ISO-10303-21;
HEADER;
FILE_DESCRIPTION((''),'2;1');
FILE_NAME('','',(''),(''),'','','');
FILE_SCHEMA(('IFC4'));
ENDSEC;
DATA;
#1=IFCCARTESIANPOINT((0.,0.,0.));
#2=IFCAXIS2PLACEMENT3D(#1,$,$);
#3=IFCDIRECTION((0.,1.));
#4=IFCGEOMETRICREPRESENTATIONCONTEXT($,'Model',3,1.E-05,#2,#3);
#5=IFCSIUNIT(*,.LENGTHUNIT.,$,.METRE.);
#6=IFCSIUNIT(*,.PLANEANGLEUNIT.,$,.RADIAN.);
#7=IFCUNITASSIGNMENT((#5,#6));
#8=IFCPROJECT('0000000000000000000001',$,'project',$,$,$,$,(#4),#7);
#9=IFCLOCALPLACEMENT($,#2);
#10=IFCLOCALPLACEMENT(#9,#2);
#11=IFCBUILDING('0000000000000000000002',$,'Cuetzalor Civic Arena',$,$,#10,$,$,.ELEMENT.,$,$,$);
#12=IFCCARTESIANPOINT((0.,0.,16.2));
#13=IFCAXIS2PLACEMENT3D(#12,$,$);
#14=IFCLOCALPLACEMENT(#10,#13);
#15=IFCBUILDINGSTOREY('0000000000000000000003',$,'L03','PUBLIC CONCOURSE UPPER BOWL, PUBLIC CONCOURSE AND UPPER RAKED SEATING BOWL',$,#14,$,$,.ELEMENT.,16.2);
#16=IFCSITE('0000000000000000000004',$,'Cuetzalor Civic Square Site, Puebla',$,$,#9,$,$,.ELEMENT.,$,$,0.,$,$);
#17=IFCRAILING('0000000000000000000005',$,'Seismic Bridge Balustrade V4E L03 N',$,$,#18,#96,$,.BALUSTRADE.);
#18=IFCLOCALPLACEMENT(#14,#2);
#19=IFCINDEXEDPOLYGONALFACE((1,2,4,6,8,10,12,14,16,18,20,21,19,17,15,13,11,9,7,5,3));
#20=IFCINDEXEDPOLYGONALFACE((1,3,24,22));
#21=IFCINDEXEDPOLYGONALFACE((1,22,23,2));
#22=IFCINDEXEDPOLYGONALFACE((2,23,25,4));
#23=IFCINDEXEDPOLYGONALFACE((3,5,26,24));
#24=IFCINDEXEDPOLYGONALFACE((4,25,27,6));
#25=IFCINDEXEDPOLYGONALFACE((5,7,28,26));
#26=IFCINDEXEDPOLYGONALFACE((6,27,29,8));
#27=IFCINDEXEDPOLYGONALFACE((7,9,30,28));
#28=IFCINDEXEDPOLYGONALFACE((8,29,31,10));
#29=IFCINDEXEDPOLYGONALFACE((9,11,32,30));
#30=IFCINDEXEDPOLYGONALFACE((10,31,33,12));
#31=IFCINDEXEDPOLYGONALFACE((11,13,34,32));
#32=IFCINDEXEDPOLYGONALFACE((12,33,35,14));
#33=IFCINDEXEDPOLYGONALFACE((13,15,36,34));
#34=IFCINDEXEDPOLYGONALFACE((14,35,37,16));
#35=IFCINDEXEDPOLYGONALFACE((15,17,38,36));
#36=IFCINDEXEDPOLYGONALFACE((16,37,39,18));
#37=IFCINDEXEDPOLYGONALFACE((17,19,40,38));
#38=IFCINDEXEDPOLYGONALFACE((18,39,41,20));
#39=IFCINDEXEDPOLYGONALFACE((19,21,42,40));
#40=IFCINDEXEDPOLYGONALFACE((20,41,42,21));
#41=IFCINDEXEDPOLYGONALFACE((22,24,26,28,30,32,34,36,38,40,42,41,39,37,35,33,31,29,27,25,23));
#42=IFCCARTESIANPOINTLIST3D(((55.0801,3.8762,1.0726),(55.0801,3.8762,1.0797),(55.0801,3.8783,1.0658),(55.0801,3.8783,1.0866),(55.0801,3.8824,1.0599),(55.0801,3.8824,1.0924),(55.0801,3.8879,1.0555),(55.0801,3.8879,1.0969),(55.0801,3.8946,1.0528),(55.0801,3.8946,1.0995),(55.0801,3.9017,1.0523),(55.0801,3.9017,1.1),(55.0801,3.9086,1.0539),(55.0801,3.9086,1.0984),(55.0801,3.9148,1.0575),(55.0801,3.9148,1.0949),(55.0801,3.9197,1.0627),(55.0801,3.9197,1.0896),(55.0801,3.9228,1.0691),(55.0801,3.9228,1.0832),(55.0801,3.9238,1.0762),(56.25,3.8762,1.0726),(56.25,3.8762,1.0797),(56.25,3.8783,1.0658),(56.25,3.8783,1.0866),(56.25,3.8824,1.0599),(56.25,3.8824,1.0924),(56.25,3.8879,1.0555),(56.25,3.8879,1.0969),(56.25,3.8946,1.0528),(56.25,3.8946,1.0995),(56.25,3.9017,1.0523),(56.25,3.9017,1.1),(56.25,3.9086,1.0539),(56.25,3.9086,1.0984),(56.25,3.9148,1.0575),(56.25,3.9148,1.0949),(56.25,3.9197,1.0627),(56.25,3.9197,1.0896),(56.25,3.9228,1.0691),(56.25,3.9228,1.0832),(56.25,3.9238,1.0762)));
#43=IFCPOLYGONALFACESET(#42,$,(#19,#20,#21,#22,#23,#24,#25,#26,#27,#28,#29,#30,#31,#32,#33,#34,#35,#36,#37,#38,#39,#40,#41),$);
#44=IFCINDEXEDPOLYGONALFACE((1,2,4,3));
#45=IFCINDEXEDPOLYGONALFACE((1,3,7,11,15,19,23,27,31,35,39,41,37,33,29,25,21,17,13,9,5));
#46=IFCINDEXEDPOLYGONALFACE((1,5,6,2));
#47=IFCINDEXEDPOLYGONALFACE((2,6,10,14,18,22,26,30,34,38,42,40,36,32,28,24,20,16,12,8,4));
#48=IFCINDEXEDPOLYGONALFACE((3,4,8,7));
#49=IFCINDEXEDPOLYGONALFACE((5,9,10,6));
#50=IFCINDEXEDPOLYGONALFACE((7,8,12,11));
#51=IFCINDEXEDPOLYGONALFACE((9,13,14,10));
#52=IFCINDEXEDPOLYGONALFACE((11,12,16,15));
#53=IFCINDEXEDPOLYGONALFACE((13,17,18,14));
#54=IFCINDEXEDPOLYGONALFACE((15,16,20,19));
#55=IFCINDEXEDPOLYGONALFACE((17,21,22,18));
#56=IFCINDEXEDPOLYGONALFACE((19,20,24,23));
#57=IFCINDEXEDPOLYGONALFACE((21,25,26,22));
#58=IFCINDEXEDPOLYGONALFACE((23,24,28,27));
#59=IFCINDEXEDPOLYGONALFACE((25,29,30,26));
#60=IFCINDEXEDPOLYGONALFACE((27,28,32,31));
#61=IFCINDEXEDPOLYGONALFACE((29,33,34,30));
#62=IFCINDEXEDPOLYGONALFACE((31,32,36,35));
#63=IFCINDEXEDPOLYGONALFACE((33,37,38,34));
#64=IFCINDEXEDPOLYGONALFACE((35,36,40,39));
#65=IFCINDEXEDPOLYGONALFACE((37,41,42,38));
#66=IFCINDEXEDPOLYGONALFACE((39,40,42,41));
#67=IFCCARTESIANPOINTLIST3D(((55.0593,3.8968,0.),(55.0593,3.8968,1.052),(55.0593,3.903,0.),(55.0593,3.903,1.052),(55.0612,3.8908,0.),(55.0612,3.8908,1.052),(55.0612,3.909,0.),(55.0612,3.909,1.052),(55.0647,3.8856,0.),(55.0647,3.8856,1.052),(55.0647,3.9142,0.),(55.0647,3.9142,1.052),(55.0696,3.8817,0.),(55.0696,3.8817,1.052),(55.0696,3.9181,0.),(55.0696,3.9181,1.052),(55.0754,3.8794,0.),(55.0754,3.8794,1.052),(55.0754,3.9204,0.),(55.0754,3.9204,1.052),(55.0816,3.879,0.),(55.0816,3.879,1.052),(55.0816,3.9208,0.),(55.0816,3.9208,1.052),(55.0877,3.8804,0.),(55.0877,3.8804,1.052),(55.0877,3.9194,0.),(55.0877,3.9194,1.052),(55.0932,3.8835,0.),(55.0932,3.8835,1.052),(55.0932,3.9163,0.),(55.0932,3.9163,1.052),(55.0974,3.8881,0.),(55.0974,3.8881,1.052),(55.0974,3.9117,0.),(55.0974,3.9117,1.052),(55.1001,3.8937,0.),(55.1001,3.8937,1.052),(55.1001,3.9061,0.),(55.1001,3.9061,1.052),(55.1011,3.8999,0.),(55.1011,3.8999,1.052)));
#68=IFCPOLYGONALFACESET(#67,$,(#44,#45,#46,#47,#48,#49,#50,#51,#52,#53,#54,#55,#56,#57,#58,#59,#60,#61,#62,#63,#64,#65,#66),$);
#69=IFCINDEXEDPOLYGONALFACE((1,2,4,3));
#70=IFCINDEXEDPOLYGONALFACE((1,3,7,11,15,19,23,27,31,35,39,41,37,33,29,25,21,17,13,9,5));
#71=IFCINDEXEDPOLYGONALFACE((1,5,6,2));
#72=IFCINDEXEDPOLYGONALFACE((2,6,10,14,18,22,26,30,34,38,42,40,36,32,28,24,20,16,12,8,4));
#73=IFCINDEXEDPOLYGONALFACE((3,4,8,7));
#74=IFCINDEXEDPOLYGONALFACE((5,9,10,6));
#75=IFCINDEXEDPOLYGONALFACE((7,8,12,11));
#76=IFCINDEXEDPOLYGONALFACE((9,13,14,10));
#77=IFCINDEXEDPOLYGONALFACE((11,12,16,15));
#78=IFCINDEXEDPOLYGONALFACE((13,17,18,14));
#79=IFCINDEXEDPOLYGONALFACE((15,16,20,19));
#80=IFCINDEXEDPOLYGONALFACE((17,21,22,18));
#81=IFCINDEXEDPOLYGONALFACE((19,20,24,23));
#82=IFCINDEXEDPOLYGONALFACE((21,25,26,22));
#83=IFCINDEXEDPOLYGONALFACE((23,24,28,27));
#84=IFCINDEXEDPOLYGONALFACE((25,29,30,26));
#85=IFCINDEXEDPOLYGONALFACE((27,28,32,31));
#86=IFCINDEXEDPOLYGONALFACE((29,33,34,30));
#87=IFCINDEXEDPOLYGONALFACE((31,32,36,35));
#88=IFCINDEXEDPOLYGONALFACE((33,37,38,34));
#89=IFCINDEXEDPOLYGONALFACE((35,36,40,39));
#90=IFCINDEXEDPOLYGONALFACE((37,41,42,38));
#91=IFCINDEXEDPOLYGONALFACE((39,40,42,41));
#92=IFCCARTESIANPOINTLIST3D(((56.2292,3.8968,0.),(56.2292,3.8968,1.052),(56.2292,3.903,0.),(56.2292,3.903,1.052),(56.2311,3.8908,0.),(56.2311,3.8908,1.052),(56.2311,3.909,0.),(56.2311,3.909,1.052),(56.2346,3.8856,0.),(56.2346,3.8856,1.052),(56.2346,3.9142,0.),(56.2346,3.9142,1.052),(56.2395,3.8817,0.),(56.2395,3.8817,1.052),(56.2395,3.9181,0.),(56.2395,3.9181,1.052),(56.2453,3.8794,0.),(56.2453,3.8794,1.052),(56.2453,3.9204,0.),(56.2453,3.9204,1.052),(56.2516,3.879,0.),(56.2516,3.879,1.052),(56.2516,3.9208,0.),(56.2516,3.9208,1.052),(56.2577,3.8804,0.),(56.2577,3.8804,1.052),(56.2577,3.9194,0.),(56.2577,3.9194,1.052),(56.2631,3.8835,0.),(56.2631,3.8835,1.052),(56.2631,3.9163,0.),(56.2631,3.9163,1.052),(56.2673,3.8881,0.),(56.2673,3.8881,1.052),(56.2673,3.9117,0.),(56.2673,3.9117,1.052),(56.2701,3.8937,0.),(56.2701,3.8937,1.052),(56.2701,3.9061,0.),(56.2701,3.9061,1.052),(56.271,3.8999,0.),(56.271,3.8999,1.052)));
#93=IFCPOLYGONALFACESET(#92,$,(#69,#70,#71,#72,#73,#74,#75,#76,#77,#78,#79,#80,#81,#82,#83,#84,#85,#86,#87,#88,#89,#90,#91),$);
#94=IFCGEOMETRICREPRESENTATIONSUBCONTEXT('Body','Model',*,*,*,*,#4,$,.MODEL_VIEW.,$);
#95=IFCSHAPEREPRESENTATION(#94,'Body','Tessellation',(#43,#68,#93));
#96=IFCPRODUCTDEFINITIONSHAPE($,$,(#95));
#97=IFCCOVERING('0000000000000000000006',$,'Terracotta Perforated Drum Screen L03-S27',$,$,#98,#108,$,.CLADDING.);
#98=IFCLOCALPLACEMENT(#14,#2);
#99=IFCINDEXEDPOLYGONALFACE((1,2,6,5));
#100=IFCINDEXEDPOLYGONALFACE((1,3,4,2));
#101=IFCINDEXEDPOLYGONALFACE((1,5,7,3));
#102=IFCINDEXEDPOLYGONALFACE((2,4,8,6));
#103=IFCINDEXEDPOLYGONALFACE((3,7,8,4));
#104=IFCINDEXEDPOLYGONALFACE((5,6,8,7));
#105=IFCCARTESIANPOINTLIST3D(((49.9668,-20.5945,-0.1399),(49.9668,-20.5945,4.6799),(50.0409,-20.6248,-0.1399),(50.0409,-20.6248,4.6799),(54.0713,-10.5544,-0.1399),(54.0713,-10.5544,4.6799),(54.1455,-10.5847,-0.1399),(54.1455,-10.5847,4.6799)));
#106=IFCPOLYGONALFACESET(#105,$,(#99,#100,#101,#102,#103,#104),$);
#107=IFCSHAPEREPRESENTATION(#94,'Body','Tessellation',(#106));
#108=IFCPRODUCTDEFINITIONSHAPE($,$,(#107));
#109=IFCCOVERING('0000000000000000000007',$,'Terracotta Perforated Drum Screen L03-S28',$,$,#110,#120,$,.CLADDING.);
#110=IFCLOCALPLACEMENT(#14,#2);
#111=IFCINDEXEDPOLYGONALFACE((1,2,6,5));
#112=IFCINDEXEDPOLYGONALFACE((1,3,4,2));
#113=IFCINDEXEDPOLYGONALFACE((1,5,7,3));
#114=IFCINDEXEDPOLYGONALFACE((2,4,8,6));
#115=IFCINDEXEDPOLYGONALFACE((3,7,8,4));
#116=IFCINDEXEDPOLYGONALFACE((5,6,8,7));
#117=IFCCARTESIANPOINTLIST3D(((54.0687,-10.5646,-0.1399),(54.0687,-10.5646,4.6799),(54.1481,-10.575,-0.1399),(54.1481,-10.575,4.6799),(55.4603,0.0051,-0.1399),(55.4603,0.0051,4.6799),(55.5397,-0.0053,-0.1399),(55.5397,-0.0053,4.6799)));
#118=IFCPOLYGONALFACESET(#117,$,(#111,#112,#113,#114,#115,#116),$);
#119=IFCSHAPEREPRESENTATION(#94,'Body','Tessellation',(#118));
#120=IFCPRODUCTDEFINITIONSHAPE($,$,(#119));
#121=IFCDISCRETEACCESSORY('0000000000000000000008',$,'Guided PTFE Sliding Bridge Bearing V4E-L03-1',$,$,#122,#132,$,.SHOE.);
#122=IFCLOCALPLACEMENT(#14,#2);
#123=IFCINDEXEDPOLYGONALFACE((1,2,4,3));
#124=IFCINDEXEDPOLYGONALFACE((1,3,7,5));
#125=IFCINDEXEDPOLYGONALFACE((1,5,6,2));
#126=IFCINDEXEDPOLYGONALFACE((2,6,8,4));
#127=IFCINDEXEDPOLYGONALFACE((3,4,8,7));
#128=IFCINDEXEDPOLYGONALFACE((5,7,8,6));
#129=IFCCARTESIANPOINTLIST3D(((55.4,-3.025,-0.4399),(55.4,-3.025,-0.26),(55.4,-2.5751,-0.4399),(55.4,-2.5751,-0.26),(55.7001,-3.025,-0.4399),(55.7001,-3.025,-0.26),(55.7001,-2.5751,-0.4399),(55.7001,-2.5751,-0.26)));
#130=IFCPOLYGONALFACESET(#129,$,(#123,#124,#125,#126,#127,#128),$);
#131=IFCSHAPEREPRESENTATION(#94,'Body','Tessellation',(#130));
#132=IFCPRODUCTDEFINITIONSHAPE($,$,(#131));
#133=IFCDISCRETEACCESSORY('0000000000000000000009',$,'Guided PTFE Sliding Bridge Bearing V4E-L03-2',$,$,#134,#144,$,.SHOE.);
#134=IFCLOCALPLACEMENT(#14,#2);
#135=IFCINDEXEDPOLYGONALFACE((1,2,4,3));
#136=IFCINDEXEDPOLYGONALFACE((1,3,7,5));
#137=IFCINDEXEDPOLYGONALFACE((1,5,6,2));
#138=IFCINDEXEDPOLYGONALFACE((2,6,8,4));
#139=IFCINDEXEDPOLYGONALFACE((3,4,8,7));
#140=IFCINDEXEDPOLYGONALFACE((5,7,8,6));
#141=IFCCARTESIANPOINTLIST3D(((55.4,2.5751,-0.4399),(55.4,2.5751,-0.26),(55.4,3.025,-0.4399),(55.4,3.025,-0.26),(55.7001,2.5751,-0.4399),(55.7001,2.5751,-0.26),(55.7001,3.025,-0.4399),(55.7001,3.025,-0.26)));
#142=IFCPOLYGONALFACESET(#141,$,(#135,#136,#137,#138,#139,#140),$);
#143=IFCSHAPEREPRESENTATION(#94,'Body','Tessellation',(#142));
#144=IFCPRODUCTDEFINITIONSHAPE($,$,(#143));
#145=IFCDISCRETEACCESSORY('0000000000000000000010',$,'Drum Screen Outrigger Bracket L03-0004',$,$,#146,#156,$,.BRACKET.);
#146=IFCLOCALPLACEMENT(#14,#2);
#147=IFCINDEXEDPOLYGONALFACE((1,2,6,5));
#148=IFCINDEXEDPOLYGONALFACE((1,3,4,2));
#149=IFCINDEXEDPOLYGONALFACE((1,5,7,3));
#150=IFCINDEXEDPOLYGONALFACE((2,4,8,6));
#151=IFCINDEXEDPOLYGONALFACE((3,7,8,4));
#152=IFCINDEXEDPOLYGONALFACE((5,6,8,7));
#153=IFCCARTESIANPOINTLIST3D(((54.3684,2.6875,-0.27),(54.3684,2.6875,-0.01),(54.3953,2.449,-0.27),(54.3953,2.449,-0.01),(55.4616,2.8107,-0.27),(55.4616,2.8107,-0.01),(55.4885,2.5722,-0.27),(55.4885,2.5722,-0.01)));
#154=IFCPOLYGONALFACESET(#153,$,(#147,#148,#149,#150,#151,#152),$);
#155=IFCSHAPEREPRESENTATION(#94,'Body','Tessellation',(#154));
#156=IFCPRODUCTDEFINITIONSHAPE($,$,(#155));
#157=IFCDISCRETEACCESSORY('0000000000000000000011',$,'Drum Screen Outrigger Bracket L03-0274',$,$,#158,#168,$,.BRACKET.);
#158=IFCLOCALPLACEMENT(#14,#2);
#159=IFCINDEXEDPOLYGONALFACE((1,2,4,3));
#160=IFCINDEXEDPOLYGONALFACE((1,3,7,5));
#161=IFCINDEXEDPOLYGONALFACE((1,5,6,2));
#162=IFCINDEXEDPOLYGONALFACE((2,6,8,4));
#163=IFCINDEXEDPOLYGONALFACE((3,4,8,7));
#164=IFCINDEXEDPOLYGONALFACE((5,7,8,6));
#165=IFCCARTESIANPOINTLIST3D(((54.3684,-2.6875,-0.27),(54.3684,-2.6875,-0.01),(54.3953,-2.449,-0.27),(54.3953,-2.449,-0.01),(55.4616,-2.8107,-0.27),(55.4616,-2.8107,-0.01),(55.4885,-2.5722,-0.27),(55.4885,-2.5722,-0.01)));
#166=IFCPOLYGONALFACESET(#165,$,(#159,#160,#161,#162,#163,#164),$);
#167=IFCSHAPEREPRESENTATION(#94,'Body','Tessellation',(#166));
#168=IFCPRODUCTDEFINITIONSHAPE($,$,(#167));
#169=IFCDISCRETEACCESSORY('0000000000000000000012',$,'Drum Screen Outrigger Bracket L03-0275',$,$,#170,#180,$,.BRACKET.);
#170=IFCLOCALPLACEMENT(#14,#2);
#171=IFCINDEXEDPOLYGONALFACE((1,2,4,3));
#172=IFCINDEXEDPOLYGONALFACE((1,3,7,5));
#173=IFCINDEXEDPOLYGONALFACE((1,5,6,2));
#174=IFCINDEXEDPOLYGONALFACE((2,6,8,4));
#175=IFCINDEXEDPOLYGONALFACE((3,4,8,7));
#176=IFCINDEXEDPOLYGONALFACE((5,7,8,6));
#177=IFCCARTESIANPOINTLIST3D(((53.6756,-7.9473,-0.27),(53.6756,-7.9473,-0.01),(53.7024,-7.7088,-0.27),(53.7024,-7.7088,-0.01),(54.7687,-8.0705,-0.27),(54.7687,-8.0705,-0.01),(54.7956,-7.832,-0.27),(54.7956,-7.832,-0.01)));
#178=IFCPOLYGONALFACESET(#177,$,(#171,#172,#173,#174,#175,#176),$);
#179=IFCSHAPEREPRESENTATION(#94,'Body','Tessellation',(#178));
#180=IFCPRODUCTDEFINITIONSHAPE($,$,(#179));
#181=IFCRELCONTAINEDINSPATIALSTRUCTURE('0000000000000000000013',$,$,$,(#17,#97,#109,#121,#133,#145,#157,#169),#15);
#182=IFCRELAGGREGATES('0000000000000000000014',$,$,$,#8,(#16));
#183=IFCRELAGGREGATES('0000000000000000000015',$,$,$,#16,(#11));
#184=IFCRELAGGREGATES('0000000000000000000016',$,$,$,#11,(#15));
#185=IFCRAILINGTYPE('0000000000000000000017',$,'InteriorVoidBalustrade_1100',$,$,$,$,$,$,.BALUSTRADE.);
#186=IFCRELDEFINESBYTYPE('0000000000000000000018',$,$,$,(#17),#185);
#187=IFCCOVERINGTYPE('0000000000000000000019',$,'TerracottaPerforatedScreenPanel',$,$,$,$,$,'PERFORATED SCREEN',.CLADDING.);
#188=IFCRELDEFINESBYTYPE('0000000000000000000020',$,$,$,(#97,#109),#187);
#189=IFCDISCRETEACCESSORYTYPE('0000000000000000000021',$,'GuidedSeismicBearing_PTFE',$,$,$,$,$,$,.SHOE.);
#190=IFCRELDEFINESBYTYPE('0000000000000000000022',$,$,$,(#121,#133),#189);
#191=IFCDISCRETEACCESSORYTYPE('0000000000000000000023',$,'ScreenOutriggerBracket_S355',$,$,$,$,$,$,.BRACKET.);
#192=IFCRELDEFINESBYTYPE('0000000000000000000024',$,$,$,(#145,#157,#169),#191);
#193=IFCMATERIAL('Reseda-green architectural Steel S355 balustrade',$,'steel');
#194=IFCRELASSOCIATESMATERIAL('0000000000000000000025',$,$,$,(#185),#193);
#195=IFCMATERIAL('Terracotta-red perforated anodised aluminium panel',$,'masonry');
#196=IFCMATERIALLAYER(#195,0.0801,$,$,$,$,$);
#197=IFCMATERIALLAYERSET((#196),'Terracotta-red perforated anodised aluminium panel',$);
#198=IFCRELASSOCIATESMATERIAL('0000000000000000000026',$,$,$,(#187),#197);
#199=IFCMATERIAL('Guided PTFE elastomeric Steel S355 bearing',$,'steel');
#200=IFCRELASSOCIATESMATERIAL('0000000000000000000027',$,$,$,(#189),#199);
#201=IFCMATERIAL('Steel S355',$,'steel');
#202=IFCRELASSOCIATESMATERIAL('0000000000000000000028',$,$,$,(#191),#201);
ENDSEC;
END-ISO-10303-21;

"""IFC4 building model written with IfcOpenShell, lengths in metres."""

from ifc_helpers import new_model, si_unit, direction, frame, frame_2d, origin, origin_2d, place, context, subcontext, project, spatial, rectangle, circle, extrude, material, layer, layer_set, type_object, element, save


model = new_model("IFC4")

# Units and contexts
model_context = context("Model", 3, precision=1e-05, world=origin(), true_north=direction((0.0, 1.0)))
body_context = subcontext(model_context, "Body", "Model", "MODEL_VIEW")
ifc_project = project(units=[si_unit("LENGTHUNIT", "METRE"), si_unit("PLANEANGLEUNIT", "RADIAN")], contexts=[model_context])

# Site, building, storey
site_placement = place(None, origin())
site = spatial("IfcSite", under=ifc_project, at=site_placement, Name="Cuetzalor Civic Square Site, Puebla", CompositionType="ELEMENT", RefElevation=0.0)
building_placement = place(site_placement, origin())
building = spatial("IfcBuilding", under=site, at=building_placement, Name="Cuetzalor Civic Arena", CompositionType="ELEMENT")
storey_placement = place(building_placement, frame((0.0, 0.0, 16.2)))
storey = spatial("IfcBuildingStorey", under=building, at=storey_placement, Name="L03", Description="PUBLIC CONCOURSE UPPER BOWL, PUBLIC CONCOURSE AND UPPER RAKED SEATING BOWL", CompositionType="ELEMENT", Elevation=16.2)

# Railing
ifc_material_1 = material(Name="Reseda-green architectural Steel S355 balustrade", Category="steel")
railing_type = type_object("IfcRailingType", Name="InteriorVoidBalustrade_1100", PredefinedType="BALUSTRADE", material=ifc_material_1)
for number, where, name in (
    (1, (55.0801, 3.8999, 0.0), "Seismic Bridge Balustrade V4E L03 N"),
):
    element("IfcRailing", number, at=place(storey_placement, frame(where)), inside=storey, type_object=railing_type, Name=name, PredefinedType="BALUSTRADE", context=body_context, shape_type="SweptSolid", body=[
        extrude(circle(Radius=0.0239, at=origin_2d()), frame((0.0, 0.0, 1.0762), z_axis=(1.0, 0.0, 0.0), x_axis=(0.0, 1.0, 0.0)), (0.0, 0.0, 1.0), 1.1699),
        extrude(circle(Radius=0.021, at=origin_2d()), origin(), (0.0, 0.0, 1.0), 1.052),
        extrude(circle(Radius=0.021, at=origin_2d()), frame((1.1699, 0.0, 0.0)), (0.0, 0.0, 1.0), 1.052),
    ])

# Coverings
ifc_material_2 = material(Name="Terracotta-red perforated anodised aluminium panel", Category="masonry")
ifc_layer_1 = layer(ifc_material_2, 0.0801)
ifc_layer_set_1 = layer_set([ifc_layer_1], Name="Terracotta-red perforated anodised aluminium panel")
covering_type = type_object("IfcCoveringType", Name="TerracottaPerforatedScreenPanel", ElementType="PERFORATED SCREEN", PredefinedType="CLADDING", material=ifc_layer_set_1)
covering_1_placement = place(storey_placement, frame((54.1084, -10.5696, -0.1399), z_axis=(0.0, 0.0, 1.0), x_axis=(-0.378412, -0.925637, 0.0)))
element("IfcCovering", 2, at=covering_1_placement, inside=storey, type_object=covering_type, Name="Terracotta Perforated Drum Screen L03-S27", PredefinedType="CLADDING", context=body_context, shape_type="SweptSolid", body=[
    extrude(rectangle(XDim=10.8467, YDim=0.0801, at=frame_2d((5.4233, 0.0))), origin(), (0.0, 0.0, 1.0), 4.8198),
])
covering_2_placement = place(storey_placement, frame((55.5, 0.0, -0.1399), z_axis=(0.0, 0.0, 1.0), x_axis=(-0.130534, -0.991444, 0.0)))
element("IfcCovering", 3, at=covering_2_placement, inside=storey, type_object=covering_type, Name="Terracotta Perforated Drum Screen L03-S28", PredefinedType="CLADDING", context=body_context, shape_type="SweptSolid", body=[
    extrude(rectangle(XDim=10.6609, YDim=0.0801, at=frame_2d((5.3306, 0.0))), origin(), (0.0, 0.0, 1.0), 4.8198),
])

# Discrete accessories
ifc_material_3 = material(Name="Guided PTFE elastomeric Steel S355 bearing", Category="steel")
discrete_accessory_type_1 = type_object("IfcDiscreteAccessoryType", Name="GuidedSeismicBearing_PTFE", PredefinedType="SHOE", material=ifc_material_3)
for number, where, z_axis, x_axis, name in (
    (4, (55.55, -2.8, -0.4399), (0.0, 0.0, 1.0), (1.0, 0.0, 0.0), "Guided PTFE Sliding Bridge Bearing V4E-L03-1"),
    (5, (55.55, 2.8, -0.4399), (0.0, 0.0, 1.0), (1.0, 0.0, 0.0), "Guided PTFE Sliding Bridge Bearing V4E-L03-2"),
):
    element("IfcDiscreteAccessory", number, at=place(storey_placement, frame(where, z_axis=z_axis, x_axis=x_axis)), inside=storey, type_object=discrete_accessory_type_1, Name=name, PredefinedType="SHOE", context=body_context, shape_type="SweptSolid", body=[
        extrude(rectangle(XDim=0.3, YDim=0.45, at=origin_2d()), origin(), (0.0, 0.0, 1.0), 0.1799),
    ])
ifc_material_4 = material(Name="Steel S355", Category="steel")
discrete_accessory_type_2 = type_object("IfcDiscreteAccessoryType", Name="ScreenOutriggerBracket_S355", PredefinedType="BRACKET", material=ifc_material_4)
for number, where, z_axis, x_axis, name in (
    (6, (54.9285, 2.6299, -0.27), (0.0, 0.0, 1.0), (0.993709, 0.111989, 0.0), "Drum Screen Outrigger Bracket L03-0004"),
    (7, (54.9285, -2.6299, -0.27), (0.0, 0.0, 1.0), (0.993709, -0.111989, 0.0), "Drum Screen Outrigger Bracket L03-0274"),
    (8, (54.2356, -7.8896, -0.27), (0.0, 0.0, 1.0), (0.993709, -0.111989, 0.0), "Drum Screen Outrigger Bracket L03-0275"),
):
    element("IfcDiscreteAccessory", number, at=place(storey_placement, frame(where, z_axis=z_axis, x_axis=x_axis)), inside=storey, type_object=discrete_accessory_type_2, Name=name, PredefinedType="BRACKET", context=body_context, shape_type="SweptSolid", body=[
        extrude(rectangle(XDim=1.1001, YDim=0.24, at=origin_2d()), origin(), (0.0, 0.0, 1.0), 0.26),
    ])

save(model, "model.ifc")
